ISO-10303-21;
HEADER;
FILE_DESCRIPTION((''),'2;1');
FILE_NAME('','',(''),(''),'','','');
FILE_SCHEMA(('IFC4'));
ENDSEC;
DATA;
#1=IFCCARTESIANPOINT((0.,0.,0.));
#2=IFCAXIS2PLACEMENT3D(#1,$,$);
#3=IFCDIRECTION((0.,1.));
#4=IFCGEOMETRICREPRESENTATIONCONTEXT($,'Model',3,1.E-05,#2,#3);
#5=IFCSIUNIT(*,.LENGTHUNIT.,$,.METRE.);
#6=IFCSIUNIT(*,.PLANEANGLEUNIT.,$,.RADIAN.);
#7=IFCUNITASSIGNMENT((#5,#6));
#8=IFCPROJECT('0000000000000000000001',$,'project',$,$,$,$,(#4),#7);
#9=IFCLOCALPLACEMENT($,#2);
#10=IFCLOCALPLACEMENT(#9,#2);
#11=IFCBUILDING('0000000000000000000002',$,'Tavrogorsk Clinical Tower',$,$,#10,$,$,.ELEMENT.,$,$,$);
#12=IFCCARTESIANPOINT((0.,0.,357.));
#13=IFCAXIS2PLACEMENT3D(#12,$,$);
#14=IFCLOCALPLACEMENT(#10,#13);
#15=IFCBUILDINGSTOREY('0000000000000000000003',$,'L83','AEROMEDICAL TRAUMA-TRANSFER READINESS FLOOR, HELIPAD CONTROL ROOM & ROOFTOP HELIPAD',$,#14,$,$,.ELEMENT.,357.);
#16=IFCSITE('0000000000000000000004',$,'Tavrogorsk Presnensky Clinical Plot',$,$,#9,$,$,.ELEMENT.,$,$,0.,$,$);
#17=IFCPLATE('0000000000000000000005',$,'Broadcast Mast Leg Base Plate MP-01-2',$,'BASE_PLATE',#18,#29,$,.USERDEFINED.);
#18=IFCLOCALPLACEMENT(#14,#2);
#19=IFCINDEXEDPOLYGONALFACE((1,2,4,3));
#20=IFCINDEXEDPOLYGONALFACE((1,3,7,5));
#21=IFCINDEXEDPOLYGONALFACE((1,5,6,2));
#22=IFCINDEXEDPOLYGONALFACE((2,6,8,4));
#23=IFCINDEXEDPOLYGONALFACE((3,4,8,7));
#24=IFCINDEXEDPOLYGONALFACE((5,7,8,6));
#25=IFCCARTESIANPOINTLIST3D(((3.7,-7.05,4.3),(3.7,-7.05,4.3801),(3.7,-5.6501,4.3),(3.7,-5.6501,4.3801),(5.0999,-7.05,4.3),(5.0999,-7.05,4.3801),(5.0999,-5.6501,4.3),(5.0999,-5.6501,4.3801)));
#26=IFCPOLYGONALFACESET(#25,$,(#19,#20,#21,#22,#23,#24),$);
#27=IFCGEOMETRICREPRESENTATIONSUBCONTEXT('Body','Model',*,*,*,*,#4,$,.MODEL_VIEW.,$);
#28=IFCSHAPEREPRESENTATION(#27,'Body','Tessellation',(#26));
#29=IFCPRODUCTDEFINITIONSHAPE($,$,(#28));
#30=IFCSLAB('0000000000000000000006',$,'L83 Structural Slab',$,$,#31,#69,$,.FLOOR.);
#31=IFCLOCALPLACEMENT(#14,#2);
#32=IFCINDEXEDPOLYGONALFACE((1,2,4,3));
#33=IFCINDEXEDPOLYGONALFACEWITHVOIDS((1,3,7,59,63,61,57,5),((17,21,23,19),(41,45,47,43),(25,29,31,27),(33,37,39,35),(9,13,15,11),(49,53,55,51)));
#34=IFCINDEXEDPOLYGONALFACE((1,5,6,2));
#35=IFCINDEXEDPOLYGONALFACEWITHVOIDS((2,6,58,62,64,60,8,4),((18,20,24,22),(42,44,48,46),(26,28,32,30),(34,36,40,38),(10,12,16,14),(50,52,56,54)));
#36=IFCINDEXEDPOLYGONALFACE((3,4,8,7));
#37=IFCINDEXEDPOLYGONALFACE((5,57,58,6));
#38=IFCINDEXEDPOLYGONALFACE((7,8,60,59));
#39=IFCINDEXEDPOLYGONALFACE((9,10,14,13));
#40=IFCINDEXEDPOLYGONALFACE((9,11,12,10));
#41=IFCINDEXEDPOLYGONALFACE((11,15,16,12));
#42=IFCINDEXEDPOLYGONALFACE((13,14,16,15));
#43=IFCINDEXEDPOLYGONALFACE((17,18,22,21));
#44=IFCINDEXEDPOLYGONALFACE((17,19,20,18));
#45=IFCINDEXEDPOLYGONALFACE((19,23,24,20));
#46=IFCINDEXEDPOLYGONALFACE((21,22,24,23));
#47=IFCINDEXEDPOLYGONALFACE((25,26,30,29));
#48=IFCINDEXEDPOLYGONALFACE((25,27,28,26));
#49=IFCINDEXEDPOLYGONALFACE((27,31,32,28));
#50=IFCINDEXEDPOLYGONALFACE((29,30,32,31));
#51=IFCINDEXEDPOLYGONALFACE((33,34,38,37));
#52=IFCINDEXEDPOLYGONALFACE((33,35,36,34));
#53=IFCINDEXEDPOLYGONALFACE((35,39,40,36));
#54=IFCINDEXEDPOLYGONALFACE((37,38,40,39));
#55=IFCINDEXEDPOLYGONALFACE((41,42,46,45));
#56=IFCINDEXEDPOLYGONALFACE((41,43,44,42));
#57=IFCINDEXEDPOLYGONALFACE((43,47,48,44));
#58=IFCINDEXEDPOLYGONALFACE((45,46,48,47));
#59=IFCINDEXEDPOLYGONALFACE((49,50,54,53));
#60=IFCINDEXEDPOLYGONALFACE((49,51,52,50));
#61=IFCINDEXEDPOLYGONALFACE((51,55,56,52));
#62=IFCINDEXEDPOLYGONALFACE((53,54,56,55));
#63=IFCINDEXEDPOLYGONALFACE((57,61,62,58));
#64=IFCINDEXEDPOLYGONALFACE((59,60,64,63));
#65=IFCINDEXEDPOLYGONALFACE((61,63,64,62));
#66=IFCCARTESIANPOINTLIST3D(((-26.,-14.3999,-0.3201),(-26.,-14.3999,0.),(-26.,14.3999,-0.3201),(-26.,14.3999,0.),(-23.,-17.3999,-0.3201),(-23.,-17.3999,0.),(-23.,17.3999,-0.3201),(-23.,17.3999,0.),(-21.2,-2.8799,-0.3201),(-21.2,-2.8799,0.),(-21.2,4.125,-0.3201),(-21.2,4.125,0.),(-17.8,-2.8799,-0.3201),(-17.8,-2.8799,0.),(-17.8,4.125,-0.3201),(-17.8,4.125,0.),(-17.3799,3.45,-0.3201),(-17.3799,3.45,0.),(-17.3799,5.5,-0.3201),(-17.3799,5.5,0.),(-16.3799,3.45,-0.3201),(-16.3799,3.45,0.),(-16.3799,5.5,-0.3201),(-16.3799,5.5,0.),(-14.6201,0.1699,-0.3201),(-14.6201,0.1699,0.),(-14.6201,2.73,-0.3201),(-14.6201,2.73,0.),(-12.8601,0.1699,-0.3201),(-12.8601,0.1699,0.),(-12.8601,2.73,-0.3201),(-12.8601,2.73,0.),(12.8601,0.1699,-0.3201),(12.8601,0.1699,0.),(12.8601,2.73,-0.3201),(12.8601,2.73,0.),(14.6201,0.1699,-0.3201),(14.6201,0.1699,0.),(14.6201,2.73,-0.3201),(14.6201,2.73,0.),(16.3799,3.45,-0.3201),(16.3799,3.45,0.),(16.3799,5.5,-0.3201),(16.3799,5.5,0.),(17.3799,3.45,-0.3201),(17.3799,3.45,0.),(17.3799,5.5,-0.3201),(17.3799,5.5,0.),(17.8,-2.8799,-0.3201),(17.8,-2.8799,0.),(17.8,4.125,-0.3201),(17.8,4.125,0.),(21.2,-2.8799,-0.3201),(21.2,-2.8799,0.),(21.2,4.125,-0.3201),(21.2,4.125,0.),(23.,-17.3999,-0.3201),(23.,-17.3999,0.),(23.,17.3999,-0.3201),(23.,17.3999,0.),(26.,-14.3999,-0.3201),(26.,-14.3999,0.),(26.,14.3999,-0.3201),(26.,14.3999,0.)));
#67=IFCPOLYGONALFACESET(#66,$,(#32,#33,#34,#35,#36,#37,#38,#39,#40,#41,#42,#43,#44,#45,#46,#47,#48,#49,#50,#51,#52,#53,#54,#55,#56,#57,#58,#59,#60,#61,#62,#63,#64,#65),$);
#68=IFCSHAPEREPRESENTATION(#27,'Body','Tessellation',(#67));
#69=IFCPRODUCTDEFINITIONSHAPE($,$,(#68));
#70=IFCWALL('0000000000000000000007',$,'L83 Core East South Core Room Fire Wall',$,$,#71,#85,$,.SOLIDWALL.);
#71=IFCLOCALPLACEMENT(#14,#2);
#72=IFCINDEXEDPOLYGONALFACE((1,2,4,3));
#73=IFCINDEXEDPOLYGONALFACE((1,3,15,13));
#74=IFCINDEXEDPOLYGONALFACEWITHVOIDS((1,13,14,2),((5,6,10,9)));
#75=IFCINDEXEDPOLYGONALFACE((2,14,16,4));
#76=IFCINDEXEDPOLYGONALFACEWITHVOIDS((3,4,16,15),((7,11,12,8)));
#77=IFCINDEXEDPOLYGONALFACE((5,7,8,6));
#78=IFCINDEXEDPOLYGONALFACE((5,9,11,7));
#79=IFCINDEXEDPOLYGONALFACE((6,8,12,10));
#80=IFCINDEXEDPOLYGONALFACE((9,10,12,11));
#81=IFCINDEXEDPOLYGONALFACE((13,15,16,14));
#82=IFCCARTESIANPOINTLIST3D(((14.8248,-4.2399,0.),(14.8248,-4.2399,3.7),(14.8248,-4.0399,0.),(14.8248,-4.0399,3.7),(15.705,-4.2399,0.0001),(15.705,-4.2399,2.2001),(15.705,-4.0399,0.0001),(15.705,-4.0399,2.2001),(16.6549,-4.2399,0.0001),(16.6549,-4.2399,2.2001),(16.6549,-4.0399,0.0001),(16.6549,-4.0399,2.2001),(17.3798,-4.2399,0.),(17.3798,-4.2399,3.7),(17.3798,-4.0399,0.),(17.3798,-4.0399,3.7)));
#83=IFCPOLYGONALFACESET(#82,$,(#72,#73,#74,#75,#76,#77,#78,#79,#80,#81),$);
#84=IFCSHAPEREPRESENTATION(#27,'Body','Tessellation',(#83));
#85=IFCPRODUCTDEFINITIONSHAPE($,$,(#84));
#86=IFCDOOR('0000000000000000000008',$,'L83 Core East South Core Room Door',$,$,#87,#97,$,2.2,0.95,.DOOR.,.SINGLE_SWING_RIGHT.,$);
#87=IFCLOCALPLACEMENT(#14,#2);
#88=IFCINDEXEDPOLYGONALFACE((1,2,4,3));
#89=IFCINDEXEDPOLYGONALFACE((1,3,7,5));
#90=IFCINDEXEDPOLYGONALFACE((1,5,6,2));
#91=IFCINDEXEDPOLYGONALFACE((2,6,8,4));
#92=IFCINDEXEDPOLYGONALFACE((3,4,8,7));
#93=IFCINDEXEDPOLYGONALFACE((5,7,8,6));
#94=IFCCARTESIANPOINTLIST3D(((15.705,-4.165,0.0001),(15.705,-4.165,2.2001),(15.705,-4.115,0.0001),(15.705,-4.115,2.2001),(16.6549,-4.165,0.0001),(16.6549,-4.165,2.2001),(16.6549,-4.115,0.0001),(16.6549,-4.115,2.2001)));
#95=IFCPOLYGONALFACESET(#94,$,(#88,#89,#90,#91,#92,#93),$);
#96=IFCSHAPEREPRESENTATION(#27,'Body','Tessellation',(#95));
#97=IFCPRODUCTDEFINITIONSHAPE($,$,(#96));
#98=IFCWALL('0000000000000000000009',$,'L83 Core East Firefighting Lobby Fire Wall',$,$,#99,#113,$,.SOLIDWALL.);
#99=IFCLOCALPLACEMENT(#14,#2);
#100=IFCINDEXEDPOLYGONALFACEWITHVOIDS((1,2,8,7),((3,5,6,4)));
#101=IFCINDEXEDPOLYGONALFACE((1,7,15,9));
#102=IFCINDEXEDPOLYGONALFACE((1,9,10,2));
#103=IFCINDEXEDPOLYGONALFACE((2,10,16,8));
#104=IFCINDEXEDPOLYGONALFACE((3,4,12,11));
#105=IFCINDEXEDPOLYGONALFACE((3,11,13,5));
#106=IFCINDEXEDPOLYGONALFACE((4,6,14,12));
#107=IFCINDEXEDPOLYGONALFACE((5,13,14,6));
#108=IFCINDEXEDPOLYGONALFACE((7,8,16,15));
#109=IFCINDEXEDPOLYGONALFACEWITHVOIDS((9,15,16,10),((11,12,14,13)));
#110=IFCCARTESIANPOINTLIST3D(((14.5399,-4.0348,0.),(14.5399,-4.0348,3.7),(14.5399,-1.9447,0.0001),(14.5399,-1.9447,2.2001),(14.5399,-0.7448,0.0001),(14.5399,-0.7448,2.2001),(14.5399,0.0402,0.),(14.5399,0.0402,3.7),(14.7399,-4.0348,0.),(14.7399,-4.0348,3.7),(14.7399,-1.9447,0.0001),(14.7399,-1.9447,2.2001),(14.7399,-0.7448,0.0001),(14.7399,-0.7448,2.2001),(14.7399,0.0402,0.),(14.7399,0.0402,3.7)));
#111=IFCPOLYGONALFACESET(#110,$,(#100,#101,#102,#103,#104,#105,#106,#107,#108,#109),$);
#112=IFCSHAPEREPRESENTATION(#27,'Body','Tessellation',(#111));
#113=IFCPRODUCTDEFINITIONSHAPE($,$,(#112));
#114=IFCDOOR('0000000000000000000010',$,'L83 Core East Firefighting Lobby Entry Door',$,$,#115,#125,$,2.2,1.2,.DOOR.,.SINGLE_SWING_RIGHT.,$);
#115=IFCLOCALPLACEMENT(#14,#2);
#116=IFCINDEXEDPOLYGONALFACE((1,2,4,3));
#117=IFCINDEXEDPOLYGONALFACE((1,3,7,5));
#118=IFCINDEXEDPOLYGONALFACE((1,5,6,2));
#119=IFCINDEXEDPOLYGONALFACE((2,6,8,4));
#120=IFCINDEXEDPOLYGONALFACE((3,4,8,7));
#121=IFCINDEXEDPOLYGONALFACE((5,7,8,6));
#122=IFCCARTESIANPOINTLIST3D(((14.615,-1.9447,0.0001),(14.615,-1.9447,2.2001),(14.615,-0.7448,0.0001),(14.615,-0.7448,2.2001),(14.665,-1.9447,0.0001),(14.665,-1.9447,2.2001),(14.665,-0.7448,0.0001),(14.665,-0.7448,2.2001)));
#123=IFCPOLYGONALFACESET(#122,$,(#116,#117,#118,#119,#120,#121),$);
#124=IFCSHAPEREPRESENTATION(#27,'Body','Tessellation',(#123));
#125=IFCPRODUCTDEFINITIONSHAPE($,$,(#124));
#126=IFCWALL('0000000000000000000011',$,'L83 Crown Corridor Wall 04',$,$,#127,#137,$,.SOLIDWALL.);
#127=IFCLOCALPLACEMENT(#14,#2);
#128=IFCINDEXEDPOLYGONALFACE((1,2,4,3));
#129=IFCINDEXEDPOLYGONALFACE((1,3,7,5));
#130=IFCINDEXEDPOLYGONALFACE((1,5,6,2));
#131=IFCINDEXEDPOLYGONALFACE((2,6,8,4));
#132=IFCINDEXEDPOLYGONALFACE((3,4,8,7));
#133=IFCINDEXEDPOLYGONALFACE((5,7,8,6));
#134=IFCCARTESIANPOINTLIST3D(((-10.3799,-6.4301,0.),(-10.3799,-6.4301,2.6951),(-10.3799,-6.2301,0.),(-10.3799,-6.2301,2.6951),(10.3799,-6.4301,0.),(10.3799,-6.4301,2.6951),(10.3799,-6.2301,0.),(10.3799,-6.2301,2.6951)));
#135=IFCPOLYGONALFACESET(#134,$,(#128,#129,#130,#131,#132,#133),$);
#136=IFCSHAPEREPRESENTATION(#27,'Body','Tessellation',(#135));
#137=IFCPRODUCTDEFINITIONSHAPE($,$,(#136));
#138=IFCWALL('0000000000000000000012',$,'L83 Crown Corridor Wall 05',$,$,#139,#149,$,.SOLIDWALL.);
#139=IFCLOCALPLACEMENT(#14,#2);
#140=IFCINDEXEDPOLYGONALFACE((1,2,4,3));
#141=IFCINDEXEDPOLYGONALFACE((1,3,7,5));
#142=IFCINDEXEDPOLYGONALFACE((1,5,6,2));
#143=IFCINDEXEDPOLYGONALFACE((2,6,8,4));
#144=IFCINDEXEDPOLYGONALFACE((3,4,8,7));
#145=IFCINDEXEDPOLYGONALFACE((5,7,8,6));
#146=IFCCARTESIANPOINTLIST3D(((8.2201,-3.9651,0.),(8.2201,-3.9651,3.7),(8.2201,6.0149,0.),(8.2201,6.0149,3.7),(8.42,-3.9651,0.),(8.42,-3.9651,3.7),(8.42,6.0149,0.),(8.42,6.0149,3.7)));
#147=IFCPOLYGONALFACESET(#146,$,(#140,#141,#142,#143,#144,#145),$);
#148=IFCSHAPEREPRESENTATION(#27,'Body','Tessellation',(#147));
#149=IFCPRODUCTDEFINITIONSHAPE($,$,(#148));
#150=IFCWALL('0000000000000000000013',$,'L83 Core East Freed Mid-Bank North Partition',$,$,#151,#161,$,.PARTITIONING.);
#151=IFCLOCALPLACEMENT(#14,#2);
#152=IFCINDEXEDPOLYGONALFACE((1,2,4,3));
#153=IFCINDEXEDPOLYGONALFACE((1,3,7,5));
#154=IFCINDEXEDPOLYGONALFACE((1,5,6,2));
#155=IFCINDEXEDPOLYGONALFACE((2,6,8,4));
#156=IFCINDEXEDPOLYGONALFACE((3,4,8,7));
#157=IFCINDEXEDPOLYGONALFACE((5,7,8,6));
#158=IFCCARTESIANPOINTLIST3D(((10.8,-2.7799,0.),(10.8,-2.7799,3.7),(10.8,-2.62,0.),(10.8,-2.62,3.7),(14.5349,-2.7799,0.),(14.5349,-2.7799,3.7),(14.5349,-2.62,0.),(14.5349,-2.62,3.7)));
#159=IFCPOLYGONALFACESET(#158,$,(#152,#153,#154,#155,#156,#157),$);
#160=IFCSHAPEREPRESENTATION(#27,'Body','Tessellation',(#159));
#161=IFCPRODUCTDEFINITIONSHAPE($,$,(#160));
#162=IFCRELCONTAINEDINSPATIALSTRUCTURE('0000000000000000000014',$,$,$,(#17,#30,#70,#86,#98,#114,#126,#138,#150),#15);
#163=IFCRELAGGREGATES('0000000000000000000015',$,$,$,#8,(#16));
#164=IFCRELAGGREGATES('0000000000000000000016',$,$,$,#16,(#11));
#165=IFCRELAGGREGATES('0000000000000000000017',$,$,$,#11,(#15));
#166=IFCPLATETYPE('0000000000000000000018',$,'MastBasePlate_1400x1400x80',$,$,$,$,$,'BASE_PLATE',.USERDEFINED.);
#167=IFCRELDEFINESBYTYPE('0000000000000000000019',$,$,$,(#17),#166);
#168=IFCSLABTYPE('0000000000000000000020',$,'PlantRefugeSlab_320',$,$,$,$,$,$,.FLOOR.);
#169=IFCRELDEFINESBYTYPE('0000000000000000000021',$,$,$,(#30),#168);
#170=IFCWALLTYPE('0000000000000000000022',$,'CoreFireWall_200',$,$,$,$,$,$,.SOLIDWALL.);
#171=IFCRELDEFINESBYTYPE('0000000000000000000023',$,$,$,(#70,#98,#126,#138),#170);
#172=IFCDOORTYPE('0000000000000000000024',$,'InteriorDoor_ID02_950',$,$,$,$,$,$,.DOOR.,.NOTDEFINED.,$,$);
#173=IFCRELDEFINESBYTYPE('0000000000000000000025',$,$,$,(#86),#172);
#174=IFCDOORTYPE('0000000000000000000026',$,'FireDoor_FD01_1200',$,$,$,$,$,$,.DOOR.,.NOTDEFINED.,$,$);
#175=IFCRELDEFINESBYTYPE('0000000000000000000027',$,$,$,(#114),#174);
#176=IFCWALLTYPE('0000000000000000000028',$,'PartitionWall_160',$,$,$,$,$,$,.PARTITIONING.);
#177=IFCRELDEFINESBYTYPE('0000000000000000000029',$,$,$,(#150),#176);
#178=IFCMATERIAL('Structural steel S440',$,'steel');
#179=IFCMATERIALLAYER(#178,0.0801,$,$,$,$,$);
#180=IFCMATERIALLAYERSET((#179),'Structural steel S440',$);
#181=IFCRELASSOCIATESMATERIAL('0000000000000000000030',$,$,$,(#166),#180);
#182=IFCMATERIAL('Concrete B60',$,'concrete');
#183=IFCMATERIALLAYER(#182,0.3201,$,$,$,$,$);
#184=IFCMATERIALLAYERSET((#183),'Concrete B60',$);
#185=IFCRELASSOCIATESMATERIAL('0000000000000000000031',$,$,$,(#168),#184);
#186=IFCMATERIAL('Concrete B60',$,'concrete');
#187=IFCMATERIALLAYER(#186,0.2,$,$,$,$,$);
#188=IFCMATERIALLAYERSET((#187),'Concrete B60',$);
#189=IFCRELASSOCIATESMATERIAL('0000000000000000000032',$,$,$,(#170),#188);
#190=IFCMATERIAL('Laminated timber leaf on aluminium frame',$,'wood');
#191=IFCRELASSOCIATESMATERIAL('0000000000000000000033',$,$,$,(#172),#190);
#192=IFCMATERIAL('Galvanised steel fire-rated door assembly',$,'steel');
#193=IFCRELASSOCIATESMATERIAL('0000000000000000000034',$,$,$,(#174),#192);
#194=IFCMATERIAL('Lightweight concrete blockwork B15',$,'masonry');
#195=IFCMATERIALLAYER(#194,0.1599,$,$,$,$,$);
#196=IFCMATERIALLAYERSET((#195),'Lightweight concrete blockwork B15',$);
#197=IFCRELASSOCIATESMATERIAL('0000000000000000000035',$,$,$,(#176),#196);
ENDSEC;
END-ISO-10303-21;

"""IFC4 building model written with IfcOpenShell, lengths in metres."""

from ifc_helpers import new_model, si_unit, direction, frame, frame_2d, origin, origin_2d, place, context, subcontext, project, spatial, polyline, rectangle, outline, extrude, material, layer, layer_set, type_object, element, fill, save


model = new_model("IFC4")

# Units and contexts
model_context = context("Model", 3, precision=1e-05, world=origin(), true_north=direction((0.0, 1.0)))
body_context = subcontext(model_context, "Body", "Model", "MODEL_VIEW")
ifc_project = project(units=[si_unit("LENGTHUNIT", "METRE"), si_unit("PLANEANGLEUNIT", "RADIAN")], contexts=[model_context])

# Site, building, storey
site_placement = place(None, origin())
site = spatial("IfcSite", under=ifc_project, at=site_placement, Name="Tavrogorsk Presnensky Clinical Plot", CompositionType="ELEMENT", RefElevation=0.0)
building_placement = place(site_placement, origin())
building = spatial("IfcBuilding", under=site, at=building_placement, Name="Tavrogorsk Clinical Tower", CompositionType="ELEMENT")
storey_placement = place(building_placement, frame((0.0, 0.0, 357.0)))
storey = spatial("IfcBuildingStorey", under=building, at=storey_placement, Name="L83", Description="AEROMEDICAL TRAUMA-TRANSFER READINESS FLOOR, HELIPAD CONTROL ROOM & ROOFTOP HELIPAD", CompositionType="ELEMENT", Elevation=357.0)

# Plate
ifc_material_1 = material(Name="Structural steel S440", Category="steel")
ifc_layer_1 = layer(ifc_material_1, 0.0801)
ifc_layer_set_1 = layer_set([ifc_layer_1], Name="Structural steel S440")
plate_type_1 = type_object("IfcPlateType", Name="MastBasePlate_1400x1400x80", ElementType="BASE_PLATE", PredefinedType="USERDEFINED", material=ifc_layer_set_1)
plate_1_placement = place(storey_placement, frame((4.3999, -6.3501, 4.3), z_axis=(0.0, 0.0, 1.0), x_axis=(1.0, 0.0, 0.0)))
element("IfcPlate", 1, at=plate_1_placement, inside=storey, type_object=plate_type_1, Name="Broadcast Mast Leg Base Plate MP-01-2", ObjectType="BASE_PLATE", PredefinedType="USERDEFINED", context=body_context, shape_type="SweptSolid", body=[
    extrude(rectangle(XDim=1.3999, YDim=1.3999, at=origin_2d()), origin(), (0.0, 0.0, 1.0), 0.0801),
])

# Slab
ifc_material_2 = material(Name="Concrete B60", Category="concrete")
ifc_layer_2 = layer(ifc_material_2, 0.3201)
ifc_layer_set_2 = layer_set([ifc_layer_2], Name="Concrete B60")
slab_type = type_object("IfcSlabType", Name="PlantRefugeSlab_320", PredefinedType="FLOOR", material=ifc_layer_set_2)
slab_placement = place(storey_placement, frame((0.0, 0.0, -0.3201)))
element("IfcSlab", 2, at=slab_placement, inside=storey, type_object=slab_type, Name="L83 Structural Slab", PredefinedType="FLOOR", context=body_context, shape_type="SweptSolid", body=[
    extrude(outline(polyline([(-23.0, -17.3999), (23.0, -17.3999), (26.0, -14.3999), (26.0, 14.3999), (23.0, 17.3999), (-23.0, 17.3999), (-26.0, 14.3999), (-26.0, -14.3999), (-23.0, -17.3999)]), holes=[polyline([(-17.8, -2.8799), (-17.8, 4.125), (-21.2, 4.125), (-21.2, -2.8799), (-17.8, -2.8799)]), polyline([(21.2, -2.8799), (21.2, 4.125), (17.8, 4.125), (17.8, -2.8799), (21.2, -2.8799)]), polyline([(-14.6201, 0.1699), (-12.8601, 0.1699), (-12.8601, 2.73), (-14.6201, 2.73), (-14.6201, 0.1699)]), polyline([(12.8601, 0.1699), (14.6201, 0.1699), (14.6201, 2.73), (12.8601, 2.73), (12.8601, 0.1699)]), polyline([(-17.3799, 3.45), (-16.3799, 3.45), (-16.3799, 5.5), (-17.3799, 5.5), (-17.3799, 3.45)]), polyline([(16.3799, 3.45), (17.3799, 3.45), (17.3799, 5.5), (16.3799, 5.5), (16.3799, 3.45)])]), origin(), (0.0, 0.0, 1.0), 0.3201),
])

# Walls, openings, doors
ifc_material_3 = material(Name="Concrete B60", Category="concrete")
ifc_layer_3 = layer(ifc_material_3, 0.2)
ifc_layer_set_3 = layer_set([ifc_layer_3], Name="Concrete B60")
wall_type_1 = type_object("IfcWallType", Name="CoreFireWall_200", PredefinedType="SOLIDWALL", material=ifc_layer_set_3)
wall_1_placement = place(storey_placement, frame((14.825, -4.1399, 0.0), z_axis=(0.0, 0.0, 1.0), x_axis=(1.0, 0.0, 0.0)))
wall_1 = element("IfcWall", 3, at=wall_1_placement, inside=storey, type_object=wall_type_1, Name="L83 Core East South Core Room Fire Wall", PredefinedType="SOLIDWALL", context=body_context, shape_type="SweptSolid", body=[
    extrude(rectangle(XDim=2.5549, YDim=0.2, at=frame_2d((1.2773, 0.0))), origin(), (0.0, 0.0, 1.0), 3.7),
])
opening_1_placement = place(wall_1_placement, frame((0.8799, 0.0, 0.0)))
opening_1 = element("IfcOpeningElement", 4, at=opening_1_placement, cuts=wall_1, PredefinedType="OPENING", context=body_context, shape_type="SweptSolid", body=[
    extrude(rectangle(XDim=0.95, YDim=2.2, at=frame_2d((0.4751, 1.1001))), frame((0.0, 0.1099, 0.0), z_axis=(0.0, -1.0, 0.0), x_axis=(1.0, 0.0, 0.0)), (0.0, 0.0, 1.0), 0.22),
])
ifc_material_4 = material(Name="Laminated timber leaf on aluminium frame", Category="wood")
door_type_1 = type_object("IfcDoorType", Name="InteriorDoor_ID02_950", OperationType="NOTDEFINED", PredefinedType="DOOR", material=ifc_material_4)
door_1_placement = place(opening_1_placement, origin())
door_1 = element("IfcDoor", 5, at=door_1_placement, inside=storey, type_object=door_type_1, Name="L83 Core East South Core Room Door", OperationType="SINGLE_SWING_RIGHT", OverallHeight=2.2, OverallWidth=0.95, PredefinedType="DOOR", context=body_context, shape_type="SweptSolid", body=[
    extrude(rectangle(XDim=0.95, YDim=2.2, at=frame_2d((0.4751, 1.1001))), frame((0.0, 0.0249, 0.0), z_axis=(0.0, -1.0, 0.0), x_axis=(1.0, 0.0, 0.0)), (0.0, 0.0, 1.0), 0.05),
])
fill(opening_1, door_1)
wall_2_placement = place(storey_placement, frame((14.6399, -4.0349, 0.0), z_axis=(0.0, 0.0, 1.0), x_axis=(0.0, 1.0, 0.0)))
wall_2 = element("IfcWall", 6, at=wall_2_placement, inside=storey, type_object=wall_type_1, Name="L83 Core East Firefighting Lobby Fire Wall", PredefinedType="SOLIDWALL", context=body_context, shape_type="SweptSolid", body=[
    extrude(rectangle(XDim=4.075, YDim=0.2, at=frame_2d((2.0376, 0.0))), origin(), (0.0, 0.0, 1.0), 3.7),
])
opening_2_placement = place(wall_2_placement, frame((2.0901, 0.0, 0.0)))
opening_2 = element("IfcOpeningElement", 7, at=opening_2_placement, cuts=wall_2, PredefinedType="OPENING", context=body_context, shape_type="SweptSolid", body=[
    extrude(rectangle(XDim=1.2, YDim=2.2, at=frame_2d((0.6001, 1.1001))), frame((0.0, 0.1099, 0.0), z_axis=(0.0, -1.0, 0.0), x_axis=(1.0, 0.0, 0.0)), (0.0, 0.0, 1.0), 0.22),
])
ifc_material_5 = material(Name="Galvanised steel fire-rated door assembly", Category="steel")
door_type_2 = type_object("IfcDoorType", Name="FireDoor_FD01_1200", OperationType="NOTDEFINED", PredefinedType="DOOR", material=ifc_material_5)
door_2_placement = place(opening_2_placement, origin())
door_2 = element("IfcDoor", 8, at=door_2_placement, inside=storey, type_object=door_type_2, Name="L83 Core East Firefighting Lobby Entry Door", OperationType="SINGLE_SWING_RIGHT", OverallHeight=2.2, OverallWidth=1.2, PredefinedType="DOOR", context=body_context, shape_type="SweptSolid", body=[
    extrude(rectangle(XDim=1.2, YDim=2.2, at=frame_2d((0.6001, 1.1001))), frame((0.0, 0.0249, 0.0), z_axis=(0.0, -1.0, 0.0), x_axis=(1.0, 0.0, 0.0)), (0.0, 0.0, 1.0), 0.05),
])
fill(opening_2, door_2)

# Walls
wall_3_placement = place(storey_placement, frame((10.3799, -6.3301, 0.0), z_axis=(0.0, 0.0, 1.0), x_axis=(-1.0, 0.0, 0.0)))
element("IfcWall", 9, at=wall_3_placement, inside=storey, type_object=wall_type_1, Name="L83 Crown Corridor Wall 04", PredefinedType="SOLIDWALL", context=body_context, shape_type="SweptSolid", body=[
    extrude(rectangle(XDim=20.7598, YDim=0.2, at=frame_2d((10.3799, 0.0))), origin(), (0.0, 0.0, 1.0), 2.6951),
])
wall_4_placement = place(storey_placement, frame((8.3201, -3.9651, 0.0), z_axis=(0.0, 0.0, 1.0), x_axis=(0.0, 1.0, 0.0)))
element("IfcWall", 10, at=wall_4_placement, inside=storey, type_object=wall_type_1, Name="L83 Crown Corridor Wall 05", PredefinedType="SOLIDWALL", context=body_context, shape_type="SweptSolid", body=[
    extrude(rectangle(XDim=9.98, YDim=0.2, at=frame_2d((4.99, 0.0))), origin(), (0.0, 0.0, 1.0), 3.7),
])
ifc_material_6 = material(Name="Lightweight concrete blockwork B15", Category="masonry")
ifc_layer_4 = layer(ifc_material_6, 0.1599)
ifc_layer_set_4 = layer_set([ifc_layer_4], Name="Lightweight concrete blockwork B15")
wall_type_2 = type_object("IfcWallType", Name="PartitionWall_160", PredefinedType="PARTITIONING", material=ifc_layer_set_4)
wall_5_placement = place(storey_placement, frame((10.8, -2.7, 0.0), z_axis=(0.0, 0.0, 1.0), x_axis=(1.0, 0.0, 0.0)))
element("IfcWall", 11, at=wall_5_placement, inside=storey, type_object=wall_type_2, Name="L83 Core East Freed Mid-Bank North Partition", PredefinedType="PARTITIONING", context=body_context, shape_type="SweptSolid", body=[
    extrude(rectangle(XDim=3.7349, YDim=0.1599, at=frame_2d((1.8674, 0.0))), origin(), (0.0, 0.0, 1.0), 3.7),
])

save(model, "model.ifc")
